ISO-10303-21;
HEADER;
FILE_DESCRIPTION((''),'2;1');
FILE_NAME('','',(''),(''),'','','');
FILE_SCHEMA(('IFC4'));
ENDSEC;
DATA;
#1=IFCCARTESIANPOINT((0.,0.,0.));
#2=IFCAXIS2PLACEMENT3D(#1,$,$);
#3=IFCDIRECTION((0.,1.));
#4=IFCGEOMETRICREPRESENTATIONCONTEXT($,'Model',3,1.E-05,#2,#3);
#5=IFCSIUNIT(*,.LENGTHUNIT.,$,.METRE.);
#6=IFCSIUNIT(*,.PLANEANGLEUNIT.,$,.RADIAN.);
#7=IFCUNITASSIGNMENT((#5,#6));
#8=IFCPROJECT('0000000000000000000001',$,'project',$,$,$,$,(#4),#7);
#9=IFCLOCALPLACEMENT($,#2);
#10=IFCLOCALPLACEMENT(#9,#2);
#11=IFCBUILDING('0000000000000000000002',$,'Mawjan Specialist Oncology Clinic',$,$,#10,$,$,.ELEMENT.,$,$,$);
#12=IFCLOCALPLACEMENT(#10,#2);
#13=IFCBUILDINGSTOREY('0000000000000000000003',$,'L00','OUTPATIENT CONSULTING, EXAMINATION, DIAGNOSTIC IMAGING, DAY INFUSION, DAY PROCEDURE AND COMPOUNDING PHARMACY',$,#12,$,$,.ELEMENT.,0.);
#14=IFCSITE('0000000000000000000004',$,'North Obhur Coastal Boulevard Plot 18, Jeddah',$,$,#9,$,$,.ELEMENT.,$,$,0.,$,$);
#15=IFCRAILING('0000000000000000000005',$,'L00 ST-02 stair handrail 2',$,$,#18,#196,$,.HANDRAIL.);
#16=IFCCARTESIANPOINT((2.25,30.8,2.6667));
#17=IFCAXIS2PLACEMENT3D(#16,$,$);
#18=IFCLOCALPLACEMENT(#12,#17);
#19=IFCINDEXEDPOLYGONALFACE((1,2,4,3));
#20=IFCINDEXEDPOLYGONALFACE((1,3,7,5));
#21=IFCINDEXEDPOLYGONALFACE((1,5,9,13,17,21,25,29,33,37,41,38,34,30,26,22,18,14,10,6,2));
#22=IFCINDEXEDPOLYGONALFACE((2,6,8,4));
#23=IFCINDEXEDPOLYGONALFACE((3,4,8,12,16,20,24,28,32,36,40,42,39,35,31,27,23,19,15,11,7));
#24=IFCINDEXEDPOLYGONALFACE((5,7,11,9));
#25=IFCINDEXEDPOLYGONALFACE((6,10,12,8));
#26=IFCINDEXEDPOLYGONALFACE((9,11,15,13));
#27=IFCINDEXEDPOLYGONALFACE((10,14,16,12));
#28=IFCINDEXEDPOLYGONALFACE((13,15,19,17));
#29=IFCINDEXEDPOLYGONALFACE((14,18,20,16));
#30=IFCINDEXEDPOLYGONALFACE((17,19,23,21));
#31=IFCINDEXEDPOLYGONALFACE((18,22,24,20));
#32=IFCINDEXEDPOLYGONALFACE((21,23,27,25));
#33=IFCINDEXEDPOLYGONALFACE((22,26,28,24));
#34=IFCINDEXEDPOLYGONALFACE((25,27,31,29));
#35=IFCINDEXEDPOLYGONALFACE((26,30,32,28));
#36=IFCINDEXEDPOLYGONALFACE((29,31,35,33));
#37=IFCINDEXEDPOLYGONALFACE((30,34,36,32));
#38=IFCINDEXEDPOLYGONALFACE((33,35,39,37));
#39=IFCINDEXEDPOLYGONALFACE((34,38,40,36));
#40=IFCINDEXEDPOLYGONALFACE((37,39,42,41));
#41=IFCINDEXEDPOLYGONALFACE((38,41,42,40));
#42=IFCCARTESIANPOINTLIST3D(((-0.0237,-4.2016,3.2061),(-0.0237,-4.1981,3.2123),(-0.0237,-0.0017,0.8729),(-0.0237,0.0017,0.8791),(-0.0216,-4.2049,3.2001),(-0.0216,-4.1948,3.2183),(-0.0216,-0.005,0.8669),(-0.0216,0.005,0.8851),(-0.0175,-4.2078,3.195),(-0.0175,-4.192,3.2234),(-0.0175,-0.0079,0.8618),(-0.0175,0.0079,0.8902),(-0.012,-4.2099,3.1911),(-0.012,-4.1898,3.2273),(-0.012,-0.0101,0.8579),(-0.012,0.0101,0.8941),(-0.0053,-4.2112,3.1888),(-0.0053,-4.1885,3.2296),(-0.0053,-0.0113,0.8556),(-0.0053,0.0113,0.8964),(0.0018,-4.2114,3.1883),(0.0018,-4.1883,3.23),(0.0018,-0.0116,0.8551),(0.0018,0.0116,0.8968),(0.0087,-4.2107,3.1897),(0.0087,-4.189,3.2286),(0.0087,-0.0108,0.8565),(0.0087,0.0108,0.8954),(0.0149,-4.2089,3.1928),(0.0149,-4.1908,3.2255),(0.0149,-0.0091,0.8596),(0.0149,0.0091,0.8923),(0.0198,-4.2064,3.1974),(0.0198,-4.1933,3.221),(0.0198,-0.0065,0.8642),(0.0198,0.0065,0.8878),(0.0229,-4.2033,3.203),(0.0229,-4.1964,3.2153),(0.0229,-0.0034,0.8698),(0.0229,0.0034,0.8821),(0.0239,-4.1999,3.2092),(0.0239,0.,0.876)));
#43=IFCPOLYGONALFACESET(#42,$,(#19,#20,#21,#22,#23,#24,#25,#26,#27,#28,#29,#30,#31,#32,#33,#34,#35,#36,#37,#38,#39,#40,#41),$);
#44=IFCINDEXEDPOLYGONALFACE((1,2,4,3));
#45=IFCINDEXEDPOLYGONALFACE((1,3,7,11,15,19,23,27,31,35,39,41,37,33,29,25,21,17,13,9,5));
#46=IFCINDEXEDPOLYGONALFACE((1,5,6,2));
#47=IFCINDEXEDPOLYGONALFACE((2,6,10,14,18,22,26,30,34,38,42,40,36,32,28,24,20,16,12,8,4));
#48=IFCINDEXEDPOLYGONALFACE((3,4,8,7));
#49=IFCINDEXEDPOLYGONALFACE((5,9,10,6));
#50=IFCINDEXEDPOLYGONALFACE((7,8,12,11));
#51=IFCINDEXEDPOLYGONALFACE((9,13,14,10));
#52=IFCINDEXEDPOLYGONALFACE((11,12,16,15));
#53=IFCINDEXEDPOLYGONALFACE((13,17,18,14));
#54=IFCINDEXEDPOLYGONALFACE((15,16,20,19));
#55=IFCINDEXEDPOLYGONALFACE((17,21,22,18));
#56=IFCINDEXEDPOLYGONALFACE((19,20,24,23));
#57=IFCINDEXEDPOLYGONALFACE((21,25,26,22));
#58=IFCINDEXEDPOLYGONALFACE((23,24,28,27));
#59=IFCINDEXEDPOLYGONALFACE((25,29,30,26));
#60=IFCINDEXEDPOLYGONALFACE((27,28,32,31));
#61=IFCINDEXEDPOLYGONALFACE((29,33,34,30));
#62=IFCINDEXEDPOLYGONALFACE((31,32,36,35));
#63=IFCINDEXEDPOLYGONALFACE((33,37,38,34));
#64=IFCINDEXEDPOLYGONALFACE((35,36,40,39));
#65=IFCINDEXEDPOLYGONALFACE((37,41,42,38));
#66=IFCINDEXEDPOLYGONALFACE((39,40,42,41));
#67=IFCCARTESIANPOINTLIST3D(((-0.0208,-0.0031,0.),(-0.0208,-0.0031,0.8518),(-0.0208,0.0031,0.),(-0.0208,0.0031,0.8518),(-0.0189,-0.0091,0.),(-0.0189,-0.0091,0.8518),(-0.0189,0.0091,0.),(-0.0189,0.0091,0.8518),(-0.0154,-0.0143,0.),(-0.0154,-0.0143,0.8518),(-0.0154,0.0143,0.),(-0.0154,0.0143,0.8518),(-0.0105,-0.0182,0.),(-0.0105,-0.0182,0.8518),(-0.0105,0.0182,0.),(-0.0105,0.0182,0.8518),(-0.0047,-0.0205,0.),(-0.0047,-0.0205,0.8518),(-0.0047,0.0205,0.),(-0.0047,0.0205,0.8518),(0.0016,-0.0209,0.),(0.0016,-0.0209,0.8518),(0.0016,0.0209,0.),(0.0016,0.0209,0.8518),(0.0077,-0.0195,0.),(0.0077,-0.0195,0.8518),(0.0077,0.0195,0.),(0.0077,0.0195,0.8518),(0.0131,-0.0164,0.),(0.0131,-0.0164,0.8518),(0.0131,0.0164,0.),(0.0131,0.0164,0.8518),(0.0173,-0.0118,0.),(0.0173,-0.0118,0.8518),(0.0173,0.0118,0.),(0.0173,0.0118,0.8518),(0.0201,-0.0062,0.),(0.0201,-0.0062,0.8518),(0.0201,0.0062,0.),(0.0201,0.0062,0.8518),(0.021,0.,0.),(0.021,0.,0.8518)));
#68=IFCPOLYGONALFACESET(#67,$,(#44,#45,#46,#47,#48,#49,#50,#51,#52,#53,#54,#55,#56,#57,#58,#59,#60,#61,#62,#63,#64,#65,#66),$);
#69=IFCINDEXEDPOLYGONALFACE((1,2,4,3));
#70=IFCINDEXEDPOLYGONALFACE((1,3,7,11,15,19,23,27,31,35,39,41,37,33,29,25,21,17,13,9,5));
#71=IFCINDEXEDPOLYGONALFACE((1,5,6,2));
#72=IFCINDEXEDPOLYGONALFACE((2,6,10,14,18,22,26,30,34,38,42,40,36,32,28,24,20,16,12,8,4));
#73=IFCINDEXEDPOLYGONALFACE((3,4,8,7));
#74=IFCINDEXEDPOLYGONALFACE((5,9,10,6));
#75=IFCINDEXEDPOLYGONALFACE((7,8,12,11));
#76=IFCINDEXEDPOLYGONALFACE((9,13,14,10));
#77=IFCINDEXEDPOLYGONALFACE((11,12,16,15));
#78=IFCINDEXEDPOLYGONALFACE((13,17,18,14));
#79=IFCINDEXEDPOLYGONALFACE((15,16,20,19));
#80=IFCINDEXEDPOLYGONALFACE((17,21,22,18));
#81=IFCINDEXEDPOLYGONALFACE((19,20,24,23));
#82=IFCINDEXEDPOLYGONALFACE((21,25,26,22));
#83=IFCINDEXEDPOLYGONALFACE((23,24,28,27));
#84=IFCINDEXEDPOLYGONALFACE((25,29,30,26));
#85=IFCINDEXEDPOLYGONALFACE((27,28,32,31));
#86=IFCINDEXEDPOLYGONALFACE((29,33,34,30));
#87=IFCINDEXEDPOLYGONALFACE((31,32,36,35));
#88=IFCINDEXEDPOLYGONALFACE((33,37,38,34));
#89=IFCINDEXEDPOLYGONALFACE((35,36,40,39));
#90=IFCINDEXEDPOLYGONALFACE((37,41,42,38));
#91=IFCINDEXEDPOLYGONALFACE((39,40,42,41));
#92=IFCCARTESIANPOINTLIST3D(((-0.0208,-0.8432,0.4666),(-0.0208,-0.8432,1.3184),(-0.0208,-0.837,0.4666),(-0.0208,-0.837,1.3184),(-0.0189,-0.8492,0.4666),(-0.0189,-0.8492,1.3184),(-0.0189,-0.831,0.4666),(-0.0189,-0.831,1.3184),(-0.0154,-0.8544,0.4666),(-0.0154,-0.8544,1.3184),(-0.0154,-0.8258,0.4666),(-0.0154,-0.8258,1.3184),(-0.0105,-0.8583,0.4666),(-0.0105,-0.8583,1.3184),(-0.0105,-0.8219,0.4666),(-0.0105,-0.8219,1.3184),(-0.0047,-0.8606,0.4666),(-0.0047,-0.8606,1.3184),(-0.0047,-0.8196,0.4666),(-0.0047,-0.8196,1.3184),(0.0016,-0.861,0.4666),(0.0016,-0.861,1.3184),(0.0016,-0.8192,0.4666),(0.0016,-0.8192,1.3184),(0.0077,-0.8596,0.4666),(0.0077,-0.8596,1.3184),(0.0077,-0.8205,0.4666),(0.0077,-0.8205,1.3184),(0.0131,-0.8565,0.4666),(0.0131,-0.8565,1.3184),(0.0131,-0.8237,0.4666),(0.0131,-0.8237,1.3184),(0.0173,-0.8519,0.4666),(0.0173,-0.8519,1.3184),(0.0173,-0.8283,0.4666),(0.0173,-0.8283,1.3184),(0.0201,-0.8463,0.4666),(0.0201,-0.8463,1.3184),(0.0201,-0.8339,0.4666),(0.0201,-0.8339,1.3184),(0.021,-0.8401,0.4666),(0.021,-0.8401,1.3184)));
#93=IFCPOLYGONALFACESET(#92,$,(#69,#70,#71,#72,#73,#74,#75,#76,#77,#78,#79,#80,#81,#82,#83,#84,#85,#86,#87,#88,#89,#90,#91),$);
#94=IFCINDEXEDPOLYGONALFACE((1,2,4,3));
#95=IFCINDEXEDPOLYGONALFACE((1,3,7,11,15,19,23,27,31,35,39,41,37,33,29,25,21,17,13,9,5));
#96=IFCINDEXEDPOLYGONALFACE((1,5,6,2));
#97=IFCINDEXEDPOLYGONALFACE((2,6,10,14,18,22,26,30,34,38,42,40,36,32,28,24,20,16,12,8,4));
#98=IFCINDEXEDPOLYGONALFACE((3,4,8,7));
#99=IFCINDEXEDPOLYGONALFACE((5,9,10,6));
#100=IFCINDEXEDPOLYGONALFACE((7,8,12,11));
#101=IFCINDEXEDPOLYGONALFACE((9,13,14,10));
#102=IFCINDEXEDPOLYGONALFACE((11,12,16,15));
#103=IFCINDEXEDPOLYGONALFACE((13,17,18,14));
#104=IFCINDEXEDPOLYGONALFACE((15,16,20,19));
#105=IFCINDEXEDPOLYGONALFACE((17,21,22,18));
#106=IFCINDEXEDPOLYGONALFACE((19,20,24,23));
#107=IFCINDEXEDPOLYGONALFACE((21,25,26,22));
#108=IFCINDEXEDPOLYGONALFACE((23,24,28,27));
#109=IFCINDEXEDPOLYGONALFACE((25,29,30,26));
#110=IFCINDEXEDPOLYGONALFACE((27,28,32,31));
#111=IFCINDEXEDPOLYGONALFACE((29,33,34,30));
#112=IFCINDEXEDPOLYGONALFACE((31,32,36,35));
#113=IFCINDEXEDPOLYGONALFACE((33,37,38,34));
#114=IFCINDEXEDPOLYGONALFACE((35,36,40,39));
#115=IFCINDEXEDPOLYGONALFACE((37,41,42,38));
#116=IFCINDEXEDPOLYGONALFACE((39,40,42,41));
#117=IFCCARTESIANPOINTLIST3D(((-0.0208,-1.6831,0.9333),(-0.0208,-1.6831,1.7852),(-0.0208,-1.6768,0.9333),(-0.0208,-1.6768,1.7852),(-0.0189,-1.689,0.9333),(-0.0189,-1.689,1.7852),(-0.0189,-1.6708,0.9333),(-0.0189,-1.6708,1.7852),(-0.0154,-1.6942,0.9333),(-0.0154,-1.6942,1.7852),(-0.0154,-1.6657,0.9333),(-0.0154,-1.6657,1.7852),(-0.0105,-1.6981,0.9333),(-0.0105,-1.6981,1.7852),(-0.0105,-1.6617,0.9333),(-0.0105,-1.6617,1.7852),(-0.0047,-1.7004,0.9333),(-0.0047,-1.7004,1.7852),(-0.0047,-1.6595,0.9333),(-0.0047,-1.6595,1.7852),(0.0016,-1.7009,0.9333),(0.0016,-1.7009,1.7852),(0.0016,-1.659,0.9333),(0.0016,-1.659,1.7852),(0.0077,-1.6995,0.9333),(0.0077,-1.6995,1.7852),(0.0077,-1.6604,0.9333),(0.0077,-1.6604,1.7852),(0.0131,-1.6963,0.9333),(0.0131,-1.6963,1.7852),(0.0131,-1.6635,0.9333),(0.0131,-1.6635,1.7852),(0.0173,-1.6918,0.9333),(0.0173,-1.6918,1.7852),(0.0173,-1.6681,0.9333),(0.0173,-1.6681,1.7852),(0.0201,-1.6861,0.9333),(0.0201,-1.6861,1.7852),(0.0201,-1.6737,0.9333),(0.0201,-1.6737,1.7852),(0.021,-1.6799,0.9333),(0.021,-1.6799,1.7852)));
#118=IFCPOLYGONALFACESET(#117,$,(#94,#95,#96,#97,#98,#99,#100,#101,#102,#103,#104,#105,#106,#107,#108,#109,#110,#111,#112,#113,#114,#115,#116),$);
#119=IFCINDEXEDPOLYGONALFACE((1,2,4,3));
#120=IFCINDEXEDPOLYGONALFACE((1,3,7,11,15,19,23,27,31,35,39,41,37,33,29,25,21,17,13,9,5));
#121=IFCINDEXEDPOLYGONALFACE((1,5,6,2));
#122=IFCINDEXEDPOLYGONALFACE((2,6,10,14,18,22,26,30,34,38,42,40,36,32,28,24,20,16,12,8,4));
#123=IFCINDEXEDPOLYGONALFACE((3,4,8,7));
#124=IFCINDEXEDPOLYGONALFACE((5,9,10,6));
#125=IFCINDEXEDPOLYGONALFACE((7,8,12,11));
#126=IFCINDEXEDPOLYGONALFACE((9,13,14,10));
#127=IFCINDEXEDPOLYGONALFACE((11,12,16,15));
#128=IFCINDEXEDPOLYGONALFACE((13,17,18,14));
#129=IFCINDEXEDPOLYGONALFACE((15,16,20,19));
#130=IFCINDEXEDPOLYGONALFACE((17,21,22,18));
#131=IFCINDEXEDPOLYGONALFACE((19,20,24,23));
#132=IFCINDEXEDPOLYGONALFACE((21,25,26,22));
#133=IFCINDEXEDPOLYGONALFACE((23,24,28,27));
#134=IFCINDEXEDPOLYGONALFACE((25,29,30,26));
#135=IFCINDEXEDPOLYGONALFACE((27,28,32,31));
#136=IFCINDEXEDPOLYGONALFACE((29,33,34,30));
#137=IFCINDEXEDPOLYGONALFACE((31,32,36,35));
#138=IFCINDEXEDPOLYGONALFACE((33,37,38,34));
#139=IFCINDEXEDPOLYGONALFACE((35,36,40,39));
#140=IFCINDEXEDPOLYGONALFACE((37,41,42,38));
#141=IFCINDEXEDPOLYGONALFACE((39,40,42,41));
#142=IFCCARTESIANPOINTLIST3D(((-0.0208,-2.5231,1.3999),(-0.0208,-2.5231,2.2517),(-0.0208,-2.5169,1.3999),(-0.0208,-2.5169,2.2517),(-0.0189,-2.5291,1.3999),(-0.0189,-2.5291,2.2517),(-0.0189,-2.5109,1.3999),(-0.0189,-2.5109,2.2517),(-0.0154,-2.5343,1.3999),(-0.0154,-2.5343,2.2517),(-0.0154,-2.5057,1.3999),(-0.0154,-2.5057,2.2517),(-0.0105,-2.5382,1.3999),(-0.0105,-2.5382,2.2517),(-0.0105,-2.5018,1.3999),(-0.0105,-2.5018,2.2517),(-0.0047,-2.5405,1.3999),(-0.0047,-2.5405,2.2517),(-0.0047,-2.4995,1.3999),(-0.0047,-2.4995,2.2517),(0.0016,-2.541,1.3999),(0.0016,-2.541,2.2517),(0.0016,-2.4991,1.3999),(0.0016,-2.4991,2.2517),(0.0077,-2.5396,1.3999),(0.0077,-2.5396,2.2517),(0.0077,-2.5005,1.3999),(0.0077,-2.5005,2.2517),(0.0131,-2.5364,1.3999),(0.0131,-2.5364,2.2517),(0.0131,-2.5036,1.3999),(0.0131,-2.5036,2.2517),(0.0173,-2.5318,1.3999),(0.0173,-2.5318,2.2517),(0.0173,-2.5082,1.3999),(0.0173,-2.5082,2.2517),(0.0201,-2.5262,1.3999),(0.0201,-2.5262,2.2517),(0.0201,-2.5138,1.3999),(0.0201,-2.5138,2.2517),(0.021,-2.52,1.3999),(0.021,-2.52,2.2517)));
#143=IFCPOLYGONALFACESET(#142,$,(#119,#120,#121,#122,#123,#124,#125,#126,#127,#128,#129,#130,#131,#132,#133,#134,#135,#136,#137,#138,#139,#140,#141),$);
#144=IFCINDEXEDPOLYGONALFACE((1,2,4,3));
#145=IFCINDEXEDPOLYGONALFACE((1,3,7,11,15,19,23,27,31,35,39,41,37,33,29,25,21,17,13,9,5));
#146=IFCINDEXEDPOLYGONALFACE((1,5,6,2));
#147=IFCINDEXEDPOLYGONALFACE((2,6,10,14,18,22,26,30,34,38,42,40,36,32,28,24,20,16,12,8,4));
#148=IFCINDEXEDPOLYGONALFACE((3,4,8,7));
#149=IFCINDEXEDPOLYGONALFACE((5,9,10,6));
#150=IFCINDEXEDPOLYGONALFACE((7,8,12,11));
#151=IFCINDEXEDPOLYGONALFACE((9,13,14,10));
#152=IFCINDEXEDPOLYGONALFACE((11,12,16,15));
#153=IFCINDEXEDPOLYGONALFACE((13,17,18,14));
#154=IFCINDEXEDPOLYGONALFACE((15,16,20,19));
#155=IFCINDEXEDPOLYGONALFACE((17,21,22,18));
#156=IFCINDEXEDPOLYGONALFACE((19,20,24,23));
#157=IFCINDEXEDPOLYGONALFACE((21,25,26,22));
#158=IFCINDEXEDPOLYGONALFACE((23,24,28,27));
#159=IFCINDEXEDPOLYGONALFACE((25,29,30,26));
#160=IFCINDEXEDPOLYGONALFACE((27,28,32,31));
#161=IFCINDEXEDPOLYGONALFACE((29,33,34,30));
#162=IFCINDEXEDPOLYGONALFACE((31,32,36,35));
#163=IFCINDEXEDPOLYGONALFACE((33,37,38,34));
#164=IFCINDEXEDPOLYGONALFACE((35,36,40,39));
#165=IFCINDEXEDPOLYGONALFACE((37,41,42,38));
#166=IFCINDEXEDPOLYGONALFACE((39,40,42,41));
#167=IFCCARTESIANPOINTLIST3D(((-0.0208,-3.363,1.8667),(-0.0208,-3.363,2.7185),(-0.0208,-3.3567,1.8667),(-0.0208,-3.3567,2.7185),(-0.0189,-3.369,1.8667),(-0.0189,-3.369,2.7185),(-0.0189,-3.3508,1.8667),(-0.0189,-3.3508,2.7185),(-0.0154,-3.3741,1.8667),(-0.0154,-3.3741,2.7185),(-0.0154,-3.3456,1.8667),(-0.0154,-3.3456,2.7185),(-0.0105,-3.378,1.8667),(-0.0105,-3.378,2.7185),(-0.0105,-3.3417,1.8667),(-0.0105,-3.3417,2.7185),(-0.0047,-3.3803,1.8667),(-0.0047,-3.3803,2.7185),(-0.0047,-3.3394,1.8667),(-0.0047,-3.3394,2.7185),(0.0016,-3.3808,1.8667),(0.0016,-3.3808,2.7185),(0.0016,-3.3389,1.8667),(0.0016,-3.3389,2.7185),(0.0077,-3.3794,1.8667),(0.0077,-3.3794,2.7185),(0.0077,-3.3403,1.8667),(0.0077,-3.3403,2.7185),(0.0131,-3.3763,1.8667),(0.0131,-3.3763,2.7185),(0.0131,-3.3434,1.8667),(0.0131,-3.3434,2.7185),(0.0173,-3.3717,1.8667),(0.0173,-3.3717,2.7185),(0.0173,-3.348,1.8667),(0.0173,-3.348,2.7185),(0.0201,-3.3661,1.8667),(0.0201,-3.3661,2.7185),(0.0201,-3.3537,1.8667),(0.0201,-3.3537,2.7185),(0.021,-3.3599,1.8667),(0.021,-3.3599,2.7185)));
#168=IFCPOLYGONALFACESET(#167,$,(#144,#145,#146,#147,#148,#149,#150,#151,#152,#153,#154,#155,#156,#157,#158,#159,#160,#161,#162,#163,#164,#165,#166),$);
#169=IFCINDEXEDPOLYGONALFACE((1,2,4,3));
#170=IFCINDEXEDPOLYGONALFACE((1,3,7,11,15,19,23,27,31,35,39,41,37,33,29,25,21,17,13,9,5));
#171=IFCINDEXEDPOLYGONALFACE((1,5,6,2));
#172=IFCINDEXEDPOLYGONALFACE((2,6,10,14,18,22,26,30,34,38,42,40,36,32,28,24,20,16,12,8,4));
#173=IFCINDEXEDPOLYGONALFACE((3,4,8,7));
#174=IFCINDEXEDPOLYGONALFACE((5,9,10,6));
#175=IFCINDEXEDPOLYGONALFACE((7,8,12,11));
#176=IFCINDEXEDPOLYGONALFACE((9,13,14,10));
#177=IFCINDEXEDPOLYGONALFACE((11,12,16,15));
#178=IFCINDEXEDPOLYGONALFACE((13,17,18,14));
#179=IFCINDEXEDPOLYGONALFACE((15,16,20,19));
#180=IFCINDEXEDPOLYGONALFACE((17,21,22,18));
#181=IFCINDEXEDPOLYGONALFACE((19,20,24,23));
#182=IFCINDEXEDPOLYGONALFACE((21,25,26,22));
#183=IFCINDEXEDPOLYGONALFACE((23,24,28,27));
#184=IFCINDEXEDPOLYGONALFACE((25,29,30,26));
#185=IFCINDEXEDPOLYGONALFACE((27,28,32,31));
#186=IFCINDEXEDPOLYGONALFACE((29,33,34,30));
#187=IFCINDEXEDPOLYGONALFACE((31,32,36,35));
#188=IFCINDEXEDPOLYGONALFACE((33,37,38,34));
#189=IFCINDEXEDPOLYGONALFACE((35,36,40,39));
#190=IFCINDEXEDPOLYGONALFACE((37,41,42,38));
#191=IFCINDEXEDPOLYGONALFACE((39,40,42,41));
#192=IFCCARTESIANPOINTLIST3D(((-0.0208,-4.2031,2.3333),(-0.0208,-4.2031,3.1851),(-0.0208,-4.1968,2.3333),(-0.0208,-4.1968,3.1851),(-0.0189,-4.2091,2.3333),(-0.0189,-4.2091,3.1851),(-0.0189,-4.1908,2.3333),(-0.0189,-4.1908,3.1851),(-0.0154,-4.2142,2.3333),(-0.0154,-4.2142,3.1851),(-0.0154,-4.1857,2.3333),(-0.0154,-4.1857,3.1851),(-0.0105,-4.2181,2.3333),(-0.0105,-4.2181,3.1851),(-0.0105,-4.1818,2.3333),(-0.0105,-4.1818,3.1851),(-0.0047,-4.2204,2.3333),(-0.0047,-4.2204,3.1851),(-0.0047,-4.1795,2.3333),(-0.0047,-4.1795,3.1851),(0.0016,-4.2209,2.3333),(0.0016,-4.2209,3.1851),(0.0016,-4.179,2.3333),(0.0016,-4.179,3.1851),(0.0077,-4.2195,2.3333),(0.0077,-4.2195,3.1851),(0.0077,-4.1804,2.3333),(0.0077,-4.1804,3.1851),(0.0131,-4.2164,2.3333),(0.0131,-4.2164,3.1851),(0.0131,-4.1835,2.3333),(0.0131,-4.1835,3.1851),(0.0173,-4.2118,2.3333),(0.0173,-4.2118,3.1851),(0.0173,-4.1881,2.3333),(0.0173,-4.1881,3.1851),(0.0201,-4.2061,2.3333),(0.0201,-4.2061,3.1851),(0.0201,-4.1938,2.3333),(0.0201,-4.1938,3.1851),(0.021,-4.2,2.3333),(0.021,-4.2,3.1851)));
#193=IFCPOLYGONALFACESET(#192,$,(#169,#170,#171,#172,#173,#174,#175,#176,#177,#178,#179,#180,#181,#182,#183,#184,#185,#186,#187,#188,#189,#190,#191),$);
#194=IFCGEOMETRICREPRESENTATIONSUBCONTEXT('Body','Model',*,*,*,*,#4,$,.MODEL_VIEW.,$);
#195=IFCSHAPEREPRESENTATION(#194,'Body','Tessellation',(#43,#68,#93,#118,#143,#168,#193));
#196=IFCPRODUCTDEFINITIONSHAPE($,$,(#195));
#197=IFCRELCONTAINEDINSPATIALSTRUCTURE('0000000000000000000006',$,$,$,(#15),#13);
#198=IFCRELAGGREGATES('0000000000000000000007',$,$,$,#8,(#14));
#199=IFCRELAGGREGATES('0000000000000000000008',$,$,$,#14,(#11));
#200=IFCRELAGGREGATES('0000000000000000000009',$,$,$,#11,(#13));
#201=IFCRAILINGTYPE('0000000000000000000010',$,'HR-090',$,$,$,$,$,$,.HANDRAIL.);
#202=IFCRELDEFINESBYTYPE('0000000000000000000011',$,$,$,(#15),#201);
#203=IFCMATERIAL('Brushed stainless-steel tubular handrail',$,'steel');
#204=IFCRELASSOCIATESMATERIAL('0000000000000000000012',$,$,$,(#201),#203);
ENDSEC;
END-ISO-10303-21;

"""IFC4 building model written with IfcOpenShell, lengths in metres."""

from ifc_helpers import new_model, si_unit, direction, frame, origin, origin_2d, place, context, subcontext, project, spatial, circle, extrude, material, type_object, element, save


model = new_model("IFC4")

# Units and contexts
model_context = context("Model", 3, precision=1e-05, world=origin(), true_north=direction((0.0, 1.0)))
body_context = subcontext(model_context, "Body", "Model", "MODEL_VIEW")
ifc_project = project(units=[si_unit("LENGTHUNIT", "METRE"), si_unit("PLANEANGLEUNIT", "RADIAN")], contexts=[model_context])

# Site, building, storey
site_placement = place(None, origin())
site = spatial("IfcSite", under=ifc_project, at=site_placement, Name="North Obhur Coastal Boulevard Plot 18, Jeddah", CompositionType="ELEMENT", RefElevation=0.0)
building_placement = place(site_placement, origin())
building = spatial("IfcBuilding", under=site, at=building_placement, Name="Mawjan Specialist Oncology Clinic", CompositionType="ELEMENT")
storey_placement = place(building_placement, origin())
storey = spatial("IfcBuildingStorey", under=building, at=storey_placement, Name="L00", Description="OUTPATIENT CONSULTING, EXAMINATION, DIAGNOSTIC IMAGING, DAY INFUSION, DAY PROCEDURE AND COMPOUNDING PHARMACY", CompositionType="ELEMENT", Elevation=0.0)

# Railing
ifc_material_1 = material(Name="Brushed stainless-steel tubular handrail", Category="steel")
railing_type_1 = type_object("IfcRailingType", Name="HR-090", PredefinedType="HANDRAIL", material=ifc_material_1)
railing_1_placement = place(storey_placement, frame((2.25, 30.8, 2.6667)))
element("IfcRailing", 1, at=railing_1_placement, inside=storey, type_object=railing_type_1, Name="L00 ST-02 stair handrail 2", PredefinedType="HANDRAIL", context=body_context, shape_type="SweptSolid", body=[
    extrude(circle(Radius=0.0239, at=origin_2d()), frame((0.0, 0.0, 0.876), z_axis=(0.0, -0.874162, 0.485634), x_axis=(1.0, 0.0, 0.0)), (0.0, 0.0, 1.0), 4.8044),
    extrude(circle(Radius=0.021, at=origin_2d()), origin(), (0.0, 0.0, 1.0), 0.8518),
    extrude(circle(Radius=0.021, at=origin_2d()), frame((0.0, -0.8401, 0.4666)), (0.0, 0.0, 1.0), 0.8518),
    extrude(circle(Radius=0.021, at=origin_2d()), frame((0.0, -1.6799, 0.9333)), (0.0, 0.0, 1.0), 0.8518),
    extrude(circle(Radius=0.021, at=origin_2d()), frame((0.0, -2.52, 1.3999)), (0.0, 0.0, 1.0), 0.8518),
    extrude(circle(Radius=0.021, at=origin_2d()), frame((0.0, -3.3599, 1.8667)), (0.0, 0.0, 1.0), 0.8518),
    extrude(circle(Radius=0.021, at=origin_2d()), frame((0.0, -4.2, 2.3333)), (0.0, 0.0, 1.0), 0.8518),
])

save(model, "model.ifc")
